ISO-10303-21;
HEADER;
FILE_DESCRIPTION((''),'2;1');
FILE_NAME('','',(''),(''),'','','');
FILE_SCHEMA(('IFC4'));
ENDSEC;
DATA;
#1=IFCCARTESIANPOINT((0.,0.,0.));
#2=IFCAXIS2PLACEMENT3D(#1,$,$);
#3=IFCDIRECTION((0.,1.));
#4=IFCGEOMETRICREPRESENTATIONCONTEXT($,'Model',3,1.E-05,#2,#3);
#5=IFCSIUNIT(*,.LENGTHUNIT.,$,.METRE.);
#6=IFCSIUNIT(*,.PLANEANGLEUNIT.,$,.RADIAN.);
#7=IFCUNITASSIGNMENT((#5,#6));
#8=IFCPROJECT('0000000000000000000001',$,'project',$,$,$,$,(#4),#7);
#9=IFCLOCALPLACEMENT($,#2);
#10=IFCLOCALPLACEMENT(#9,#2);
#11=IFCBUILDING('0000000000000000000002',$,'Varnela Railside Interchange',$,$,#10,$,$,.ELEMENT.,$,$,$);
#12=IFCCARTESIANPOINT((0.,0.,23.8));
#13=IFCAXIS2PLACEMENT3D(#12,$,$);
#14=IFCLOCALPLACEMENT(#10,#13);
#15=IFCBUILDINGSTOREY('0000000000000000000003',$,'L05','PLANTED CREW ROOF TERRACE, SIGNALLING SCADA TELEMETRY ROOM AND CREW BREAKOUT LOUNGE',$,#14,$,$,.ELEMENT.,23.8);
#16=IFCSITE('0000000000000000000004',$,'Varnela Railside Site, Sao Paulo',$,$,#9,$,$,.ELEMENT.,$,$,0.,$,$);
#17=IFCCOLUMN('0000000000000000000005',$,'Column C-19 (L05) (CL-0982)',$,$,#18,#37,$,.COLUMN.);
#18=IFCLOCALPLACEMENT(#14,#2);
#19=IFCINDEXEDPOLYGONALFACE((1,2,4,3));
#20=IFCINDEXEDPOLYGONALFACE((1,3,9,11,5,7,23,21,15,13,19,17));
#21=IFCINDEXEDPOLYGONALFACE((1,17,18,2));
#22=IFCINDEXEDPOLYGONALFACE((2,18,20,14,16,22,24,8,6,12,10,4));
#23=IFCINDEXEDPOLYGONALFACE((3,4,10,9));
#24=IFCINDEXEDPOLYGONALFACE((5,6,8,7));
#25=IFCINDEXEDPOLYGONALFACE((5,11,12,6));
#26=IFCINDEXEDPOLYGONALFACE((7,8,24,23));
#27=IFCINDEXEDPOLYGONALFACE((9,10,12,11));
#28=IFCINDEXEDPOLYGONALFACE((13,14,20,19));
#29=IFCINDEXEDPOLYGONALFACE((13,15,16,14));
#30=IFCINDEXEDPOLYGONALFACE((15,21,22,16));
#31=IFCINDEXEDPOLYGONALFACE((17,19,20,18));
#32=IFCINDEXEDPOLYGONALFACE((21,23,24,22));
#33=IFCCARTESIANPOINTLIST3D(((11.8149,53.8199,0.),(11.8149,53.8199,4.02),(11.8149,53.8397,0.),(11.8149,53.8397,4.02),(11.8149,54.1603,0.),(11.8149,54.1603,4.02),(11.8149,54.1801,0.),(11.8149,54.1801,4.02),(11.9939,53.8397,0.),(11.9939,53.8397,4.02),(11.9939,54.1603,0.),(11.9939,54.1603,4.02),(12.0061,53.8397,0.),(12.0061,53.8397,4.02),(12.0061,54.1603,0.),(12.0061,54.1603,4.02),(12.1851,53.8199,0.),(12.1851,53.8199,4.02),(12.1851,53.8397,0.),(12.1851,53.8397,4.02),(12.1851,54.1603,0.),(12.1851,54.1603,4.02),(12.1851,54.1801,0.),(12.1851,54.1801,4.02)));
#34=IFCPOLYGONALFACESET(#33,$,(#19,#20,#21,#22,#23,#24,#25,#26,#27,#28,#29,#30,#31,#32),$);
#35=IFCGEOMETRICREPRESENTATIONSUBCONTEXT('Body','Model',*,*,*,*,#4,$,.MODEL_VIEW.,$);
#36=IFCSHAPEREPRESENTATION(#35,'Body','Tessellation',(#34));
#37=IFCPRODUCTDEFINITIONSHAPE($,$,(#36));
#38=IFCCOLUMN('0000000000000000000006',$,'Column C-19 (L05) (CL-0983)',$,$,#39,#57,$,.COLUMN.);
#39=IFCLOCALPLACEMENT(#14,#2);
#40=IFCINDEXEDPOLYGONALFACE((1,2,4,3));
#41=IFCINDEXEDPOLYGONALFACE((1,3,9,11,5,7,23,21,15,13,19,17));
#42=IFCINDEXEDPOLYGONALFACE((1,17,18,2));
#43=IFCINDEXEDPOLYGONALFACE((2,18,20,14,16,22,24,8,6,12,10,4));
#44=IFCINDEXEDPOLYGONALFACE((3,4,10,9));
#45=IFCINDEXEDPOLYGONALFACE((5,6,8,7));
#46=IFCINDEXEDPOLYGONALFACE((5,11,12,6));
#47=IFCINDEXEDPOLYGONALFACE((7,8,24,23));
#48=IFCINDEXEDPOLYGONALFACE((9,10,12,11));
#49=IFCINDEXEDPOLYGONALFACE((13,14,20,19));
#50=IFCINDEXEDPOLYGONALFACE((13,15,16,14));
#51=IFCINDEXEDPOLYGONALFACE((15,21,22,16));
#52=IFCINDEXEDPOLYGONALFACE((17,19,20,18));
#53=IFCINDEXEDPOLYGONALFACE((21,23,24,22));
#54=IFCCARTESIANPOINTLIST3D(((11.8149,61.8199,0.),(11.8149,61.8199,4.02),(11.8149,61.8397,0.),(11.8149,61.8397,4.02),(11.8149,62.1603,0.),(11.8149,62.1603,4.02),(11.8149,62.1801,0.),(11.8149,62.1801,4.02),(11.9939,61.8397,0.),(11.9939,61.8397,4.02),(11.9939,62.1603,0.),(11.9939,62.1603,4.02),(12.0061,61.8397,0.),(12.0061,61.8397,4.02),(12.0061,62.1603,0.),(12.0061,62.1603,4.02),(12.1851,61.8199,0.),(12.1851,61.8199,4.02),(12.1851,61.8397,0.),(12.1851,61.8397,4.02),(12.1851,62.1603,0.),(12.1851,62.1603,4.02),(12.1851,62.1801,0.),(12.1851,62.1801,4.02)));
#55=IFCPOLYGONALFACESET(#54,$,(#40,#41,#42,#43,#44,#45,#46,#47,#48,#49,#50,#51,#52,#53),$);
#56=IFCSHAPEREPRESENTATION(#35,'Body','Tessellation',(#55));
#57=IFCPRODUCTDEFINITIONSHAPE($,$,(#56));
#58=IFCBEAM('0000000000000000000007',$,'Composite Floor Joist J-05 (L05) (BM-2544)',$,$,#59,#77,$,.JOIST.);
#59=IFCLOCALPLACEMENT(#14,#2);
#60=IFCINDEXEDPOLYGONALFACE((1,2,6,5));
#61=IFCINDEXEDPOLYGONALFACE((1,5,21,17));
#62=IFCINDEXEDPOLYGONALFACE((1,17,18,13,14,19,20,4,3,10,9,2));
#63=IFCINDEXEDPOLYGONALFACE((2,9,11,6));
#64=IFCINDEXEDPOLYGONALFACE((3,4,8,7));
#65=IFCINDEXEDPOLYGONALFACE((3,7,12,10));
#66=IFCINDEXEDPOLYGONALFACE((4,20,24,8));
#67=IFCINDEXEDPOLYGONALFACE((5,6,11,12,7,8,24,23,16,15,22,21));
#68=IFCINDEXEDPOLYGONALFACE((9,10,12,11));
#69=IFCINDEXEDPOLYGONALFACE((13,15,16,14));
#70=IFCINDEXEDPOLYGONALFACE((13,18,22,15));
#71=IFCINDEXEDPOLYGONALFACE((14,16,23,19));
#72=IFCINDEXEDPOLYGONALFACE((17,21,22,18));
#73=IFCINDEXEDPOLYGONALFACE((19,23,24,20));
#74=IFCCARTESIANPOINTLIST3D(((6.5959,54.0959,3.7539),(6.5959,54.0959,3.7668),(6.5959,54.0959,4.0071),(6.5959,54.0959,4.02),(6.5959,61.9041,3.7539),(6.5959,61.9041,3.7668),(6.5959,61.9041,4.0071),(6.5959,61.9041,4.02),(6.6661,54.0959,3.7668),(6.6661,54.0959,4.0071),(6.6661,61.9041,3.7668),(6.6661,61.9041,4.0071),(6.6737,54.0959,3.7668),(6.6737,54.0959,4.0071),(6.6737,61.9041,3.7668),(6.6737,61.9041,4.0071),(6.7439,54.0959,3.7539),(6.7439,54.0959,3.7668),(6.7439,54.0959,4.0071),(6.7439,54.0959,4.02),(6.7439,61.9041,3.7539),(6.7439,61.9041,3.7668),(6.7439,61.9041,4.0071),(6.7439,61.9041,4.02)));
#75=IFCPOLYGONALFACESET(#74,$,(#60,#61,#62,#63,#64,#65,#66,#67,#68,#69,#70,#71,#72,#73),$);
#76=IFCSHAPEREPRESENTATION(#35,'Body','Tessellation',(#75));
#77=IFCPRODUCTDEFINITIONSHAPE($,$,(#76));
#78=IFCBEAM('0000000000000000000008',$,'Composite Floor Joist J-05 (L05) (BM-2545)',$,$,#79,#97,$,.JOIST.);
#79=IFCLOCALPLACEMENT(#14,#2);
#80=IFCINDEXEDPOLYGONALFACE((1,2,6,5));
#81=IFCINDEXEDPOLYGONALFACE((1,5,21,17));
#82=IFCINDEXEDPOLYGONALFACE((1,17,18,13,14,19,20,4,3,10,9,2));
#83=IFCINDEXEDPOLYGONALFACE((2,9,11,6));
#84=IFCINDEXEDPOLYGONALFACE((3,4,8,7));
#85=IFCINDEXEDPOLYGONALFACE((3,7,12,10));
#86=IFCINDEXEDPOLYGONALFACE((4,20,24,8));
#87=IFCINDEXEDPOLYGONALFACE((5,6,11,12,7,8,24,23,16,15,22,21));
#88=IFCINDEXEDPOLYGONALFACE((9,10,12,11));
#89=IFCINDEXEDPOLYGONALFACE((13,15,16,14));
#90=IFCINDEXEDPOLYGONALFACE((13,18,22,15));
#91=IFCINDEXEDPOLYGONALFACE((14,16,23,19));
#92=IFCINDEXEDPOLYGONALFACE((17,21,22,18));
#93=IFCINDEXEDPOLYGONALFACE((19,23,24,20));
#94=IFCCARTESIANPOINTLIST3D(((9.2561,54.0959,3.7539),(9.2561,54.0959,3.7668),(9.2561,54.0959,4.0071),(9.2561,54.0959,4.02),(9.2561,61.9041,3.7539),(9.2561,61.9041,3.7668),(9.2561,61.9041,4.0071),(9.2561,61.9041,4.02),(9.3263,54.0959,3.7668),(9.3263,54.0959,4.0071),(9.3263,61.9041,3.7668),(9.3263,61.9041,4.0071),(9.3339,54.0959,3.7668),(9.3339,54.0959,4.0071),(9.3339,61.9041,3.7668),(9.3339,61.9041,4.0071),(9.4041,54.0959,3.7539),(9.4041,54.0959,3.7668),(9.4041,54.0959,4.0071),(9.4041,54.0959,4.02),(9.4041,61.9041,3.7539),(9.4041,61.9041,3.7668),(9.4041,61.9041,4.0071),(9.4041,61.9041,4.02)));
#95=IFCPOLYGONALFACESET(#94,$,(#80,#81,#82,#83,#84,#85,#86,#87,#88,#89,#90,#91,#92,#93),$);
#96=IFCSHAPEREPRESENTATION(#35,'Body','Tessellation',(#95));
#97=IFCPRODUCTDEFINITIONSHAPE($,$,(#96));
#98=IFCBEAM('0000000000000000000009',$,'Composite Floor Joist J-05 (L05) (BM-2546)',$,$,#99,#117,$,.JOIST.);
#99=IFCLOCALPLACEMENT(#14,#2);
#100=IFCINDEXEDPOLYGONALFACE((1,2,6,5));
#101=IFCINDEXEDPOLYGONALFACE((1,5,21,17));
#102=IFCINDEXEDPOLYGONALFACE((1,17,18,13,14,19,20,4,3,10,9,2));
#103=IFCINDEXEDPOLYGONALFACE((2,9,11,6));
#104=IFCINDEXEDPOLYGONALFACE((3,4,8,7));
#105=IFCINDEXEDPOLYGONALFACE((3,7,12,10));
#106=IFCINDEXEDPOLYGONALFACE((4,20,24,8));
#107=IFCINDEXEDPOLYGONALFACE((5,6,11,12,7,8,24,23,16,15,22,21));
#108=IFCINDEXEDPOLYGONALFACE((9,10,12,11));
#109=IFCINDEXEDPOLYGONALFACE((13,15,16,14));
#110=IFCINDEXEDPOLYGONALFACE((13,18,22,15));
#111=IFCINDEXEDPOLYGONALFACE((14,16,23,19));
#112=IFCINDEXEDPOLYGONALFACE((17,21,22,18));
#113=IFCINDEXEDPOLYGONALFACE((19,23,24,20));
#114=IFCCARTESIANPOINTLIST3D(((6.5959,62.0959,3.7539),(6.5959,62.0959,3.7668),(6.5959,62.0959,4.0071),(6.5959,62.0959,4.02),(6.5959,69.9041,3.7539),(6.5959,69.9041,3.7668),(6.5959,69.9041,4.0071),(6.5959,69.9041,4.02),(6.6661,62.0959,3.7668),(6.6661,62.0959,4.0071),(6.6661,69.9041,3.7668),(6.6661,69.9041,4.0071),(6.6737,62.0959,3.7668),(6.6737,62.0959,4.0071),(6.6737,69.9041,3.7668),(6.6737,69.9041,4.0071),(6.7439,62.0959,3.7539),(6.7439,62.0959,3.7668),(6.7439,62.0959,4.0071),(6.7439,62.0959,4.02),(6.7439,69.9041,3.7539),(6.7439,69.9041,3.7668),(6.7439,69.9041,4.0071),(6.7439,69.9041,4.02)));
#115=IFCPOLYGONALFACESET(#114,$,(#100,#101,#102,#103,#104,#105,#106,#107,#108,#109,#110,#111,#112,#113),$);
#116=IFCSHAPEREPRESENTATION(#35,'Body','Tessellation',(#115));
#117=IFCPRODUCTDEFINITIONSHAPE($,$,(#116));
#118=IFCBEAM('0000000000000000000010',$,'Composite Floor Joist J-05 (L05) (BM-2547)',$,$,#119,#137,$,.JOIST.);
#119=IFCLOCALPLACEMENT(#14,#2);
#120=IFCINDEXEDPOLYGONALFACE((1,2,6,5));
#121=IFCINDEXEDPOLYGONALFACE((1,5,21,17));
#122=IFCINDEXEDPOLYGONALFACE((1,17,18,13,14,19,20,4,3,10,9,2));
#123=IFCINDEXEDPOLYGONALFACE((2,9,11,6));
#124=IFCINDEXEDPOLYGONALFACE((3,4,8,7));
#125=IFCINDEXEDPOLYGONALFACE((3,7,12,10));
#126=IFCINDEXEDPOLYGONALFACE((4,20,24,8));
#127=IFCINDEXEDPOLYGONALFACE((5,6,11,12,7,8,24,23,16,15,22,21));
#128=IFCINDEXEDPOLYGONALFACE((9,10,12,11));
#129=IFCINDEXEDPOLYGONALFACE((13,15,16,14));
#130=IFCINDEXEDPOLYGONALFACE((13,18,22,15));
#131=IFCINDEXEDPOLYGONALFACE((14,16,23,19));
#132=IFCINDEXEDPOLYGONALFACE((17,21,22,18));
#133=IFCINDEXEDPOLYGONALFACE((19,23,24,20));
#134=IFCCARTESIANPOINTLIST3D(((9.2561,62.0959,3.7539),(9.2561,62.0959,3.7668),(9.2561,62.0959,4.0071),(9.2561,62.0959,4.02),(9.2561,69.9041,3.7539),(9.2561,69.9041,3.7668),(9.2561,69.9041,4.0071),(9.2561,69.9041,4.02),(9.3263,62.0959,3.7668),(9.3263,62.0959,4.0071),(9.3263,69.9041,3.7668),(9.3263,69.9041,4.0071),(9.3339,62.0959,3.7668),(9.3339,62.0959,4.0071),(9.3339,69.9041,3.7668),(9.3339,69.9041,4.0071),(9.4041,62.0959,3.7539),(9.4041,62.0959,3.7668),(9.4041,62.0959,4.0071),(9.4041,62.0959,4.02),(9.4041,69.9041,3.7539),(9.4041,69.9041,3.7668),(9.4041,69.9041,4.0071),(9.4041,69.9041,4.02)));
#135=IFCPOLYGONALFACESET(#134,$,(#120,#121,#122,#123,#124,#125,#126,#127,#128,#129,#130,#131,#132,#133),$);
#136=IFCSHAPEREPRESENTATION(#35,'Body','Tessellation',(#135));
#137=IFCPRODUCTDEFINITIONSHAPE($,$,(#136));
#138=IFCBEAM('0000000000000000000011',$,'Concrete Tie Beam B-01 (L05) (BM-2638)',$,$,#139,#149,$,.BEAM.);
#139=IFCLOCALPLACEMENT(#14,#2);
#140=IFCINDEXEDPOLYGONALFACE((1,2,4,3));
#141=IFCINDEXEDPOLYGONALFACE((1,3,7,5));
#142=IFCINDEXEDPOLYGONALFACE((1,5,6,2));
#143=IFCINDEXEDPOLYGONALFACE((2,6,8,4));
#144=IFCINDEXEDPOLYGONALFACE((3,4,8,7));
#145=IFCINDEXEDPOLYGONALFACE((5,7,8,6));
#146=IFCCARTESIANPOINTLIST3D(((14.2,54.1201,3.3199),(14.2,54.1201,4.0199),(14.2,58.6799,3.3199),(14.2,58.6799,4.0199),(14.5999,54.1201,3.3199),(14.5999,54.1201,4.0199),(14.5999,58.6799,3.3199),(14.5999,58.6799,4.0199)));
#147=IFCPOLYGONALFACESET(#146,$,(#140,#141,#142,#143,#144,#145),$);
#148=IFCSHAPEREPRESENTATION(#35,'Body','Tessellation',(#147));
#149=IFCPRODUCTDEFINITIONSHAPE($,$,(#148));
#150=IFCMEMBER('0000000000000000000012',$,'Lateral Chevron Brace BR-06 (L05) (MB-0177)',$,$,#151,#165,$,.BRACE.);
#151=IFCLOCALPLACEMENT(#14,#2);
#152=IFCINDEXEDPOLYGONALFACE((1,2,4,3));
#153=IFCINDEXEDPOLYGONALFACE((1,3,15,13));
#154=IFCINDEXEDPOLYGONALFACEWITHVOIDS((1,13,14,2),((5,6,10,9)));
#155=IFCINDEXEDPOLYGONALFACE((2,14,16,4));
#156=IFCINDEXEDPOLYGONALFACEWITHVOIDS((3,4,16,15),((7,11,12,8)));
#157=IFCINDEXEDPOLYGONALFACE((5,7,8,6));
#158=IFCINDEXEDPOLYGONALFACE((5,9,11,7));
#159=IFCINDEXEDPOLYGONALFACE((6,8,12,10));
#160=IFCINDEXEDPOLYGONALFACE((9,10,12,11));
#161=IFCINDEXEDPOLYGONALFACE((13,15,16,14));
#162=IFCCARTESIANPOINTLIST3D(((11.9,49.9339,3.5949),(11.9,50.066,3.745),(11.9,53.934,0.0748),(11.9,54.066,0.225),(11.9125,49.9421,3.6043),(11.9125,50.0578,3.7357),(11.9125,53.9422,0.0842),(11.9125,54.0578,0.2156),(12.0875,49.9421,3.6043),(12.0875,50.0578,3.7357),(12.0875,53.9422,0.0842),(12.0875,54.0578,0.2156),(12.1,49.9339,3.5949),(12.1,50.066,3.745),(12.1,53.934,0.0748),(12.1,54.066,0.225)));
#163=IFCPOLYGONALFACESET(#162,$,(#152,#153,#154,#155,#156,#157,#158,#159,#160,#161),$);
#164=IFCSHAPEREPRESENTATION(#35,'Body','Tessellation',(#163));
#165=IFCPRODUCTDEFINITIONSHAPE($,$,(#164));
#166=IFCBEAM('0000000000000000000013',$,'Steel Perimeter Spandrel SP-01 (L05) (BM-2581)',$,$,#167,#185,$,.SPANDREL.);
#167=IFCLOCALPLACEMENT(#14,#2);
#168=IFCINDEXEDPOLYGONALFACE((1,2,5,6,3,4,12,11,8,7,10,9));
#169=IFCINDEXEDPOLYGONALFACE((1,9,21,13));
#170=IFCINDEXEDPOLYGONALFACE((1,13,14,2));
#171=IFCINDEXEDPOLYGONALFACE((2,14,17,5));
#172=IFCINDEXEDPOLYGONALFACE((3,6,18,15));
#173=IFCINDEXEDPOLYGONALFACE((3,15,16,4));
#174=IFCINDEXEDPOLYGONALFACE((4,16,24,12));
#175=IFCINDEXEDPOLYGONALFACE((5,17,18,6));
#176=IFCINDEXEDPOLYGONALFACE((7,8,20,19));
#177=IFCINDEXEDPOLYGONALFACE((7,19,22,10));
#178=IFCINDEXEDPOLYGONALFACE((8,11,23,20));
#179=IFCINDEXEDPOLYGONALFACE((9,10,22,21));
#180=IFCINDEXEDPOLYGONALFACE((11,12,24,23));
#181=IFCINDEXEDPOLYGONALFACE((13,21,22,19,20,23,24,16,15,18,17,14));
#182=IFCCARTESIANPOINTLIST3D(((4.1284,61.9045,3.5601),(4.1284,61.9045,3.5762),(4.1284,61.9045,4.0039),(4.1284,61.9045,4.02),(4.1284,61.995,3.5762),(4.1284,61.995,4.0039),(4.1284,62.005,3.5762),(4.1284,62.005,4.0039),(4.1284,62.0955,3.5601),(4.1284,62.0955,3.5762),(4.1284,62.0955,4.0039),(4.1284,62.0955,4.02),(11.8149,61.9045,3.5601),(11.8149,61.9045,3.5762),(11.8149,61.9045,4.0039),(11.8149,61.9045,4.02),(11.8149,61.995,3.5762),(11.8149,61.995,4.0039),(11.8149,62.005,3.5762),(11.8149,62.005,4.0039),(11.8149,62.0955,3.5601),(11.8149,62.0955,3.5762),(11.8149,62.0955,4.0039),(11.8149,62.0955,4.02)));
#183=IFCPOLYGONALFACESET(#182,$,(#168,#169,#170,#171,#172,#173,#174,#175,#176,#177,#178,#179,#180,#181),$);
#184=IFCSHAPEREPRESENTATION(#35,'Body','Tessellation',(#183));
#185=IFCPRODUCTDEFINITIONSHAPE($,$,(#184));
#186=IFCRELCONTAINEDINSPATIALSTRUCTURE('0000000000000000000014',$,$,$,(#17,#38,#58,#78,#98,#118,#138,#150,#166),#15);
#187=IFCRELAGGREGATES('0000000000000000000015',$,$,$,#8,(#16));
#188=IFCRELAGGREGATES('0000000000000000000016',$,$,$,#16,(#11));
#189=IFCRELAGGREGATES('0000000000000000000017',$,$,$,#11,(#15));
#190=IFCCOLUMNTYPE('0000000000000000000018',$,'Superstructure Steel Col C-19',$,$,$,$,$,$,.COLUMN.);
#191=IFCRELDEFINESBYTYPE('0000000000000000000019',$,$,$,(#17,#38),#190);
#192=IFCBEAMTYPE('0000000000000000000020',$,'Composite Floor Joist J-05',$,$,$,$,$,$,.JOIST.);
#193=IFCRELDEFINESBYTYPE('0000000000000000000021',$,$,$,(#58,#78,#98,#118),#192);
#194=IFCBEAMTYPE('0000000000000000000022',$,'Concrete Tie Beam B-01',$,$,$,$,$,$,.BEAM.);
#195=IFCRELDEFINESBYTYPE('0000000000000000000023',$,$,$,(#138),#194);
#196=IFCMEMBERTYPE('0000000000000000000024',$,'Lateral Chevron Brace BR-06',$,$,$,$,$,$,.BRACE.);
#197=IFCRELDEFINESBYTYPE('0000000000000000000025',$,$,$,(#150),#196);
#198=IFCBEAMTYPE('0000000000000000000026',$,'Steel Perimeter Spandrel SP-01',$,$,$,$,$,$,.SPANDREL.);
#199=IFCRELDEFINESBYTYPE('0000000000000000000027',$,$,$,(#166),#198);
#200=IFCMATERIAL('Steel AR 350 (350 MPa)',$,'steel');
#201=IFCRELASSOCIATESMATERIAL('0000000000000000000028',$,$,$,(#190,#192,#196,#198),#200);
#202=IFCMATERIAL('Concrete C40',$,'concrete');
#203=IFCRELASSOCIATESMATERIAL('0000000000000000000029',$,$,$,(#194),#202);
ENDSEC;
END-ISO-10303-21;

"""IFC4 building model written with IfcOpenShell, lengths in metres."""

from ifc_helpers import new_model, si_unit, direction, frame, origin, origin_2d, place, context, subcontext, project, spatial, rectangle, hollow_rectangle, i_section, extrude, material, material_profile, profile_set, type_object, element, save


model = new_model("IFC4")

# Units and contexts
model_context = context("Model", 3, precision=1e-05, world=origin(), true_north=direction((0.0, 1.0)))
body_context = subcontext(model_context, "Body", "Model", "MODEL_VIEW")
ifc_project = project(units=[si_unit("LENGTHUNIT", "METRE"), si_unit("PLANEANGLEUNIT", "RADIAN")], contexts=[model_context])

# Site, building, storey
site_placement = place(None, origin())
site = spatial("IfcSite", under=ifc_project, at=site_placement, Name="Varnela Railside Site, Sao Paulo", CompositionType="ELEMENT", RefElevation=0.0)
building_placement = place(site_placement, origin())
building = spatial("IfcBuilding", under=site, at=building_placement, Name="Varnela Railside Interchange", CompositionType="ELEMENT")
storey_placement = place(building_placement, frame((0.0, 0.0, 23.8)))
storey = spatial("IfcBuildingStorey", under=building, at=storey_placement, Name="L05", Description="PLANTED CREW ROOF TERRACE, SIGNALLING SCADA TELEMETRY ROOM AND CREW BREAKOUT LOUNGE", CompositionType="ELEMENT", Elevation=23.8)

# Columns
ifc_material_1 = material(Name="Steel AR 350 (350 MPa)", Category="steel")
ifc_material_profile_1 = material_profile(ifc_material_1, i_section(OverallWidth=0.3701, OverallDepth=0.3601, WebThickness=0.0122, FlangeThickness=0.0198, at=origin_2d()), Name="W360x147")
ifc_profile_set_1 = profile_set([ifc_material_profile_1], Name="Steel AR 350 (350 MPa)")
column_type = type_object("IfcColumnType", Name="Superstructure Steel Col C-19", PredefinedType="COLUMN", material=ifc_profile_set_1)
for number, where, z_axis, x_axis, name in (
    (1, (12.0, 54.0, 0.0), (0.0, 0.0, 1.0), (1.0, 0.0, 0.0), "Column C-19 (L05) (CL-0982)"),
    (2, (12.0, 62.0, 0.0), (0.0, 0.0, 1.0), (1.0, 0.0, 0.0), "Column C-19 (L05) (CL-0983)"),
):
    element("IfcColumn", number, at=place(storey_placement, frame(where, z_axis=z_axis, x_axis=x_axis)), inside=storey, type_object=column_type, Name=name, PredefinedType="COLUMN", context=body_context, shape_type="SweptSolid", body=[
        extrude(i_section(OverallWidth=0.3701, OverallDepth=0.3601, WebThickness=0.0122, FlangeThickness=0.0198, at=origin_2d()), origin(), (0.0, 0.0, 1.0), 4.02),
    ])

# Beams
ifc_material_profile_2 = material_profile(ifc_material_1, i_section(OverallWidth=0.1479, OverallDepth=0.2661, WebThickness=0.0076, FlangeThickness=0.0129, at=origin_2d()), Name="W250x44.8")
ifc_profile_set_2 = profile_set([ifc_material_profile_2], Name="Steel AR 350 (350 MPa)")
beam_type_1 = type_object("IfcBeamType", Name="Composite Floor Joist J-05", PredefinedType="JOIST", material=ifc_profile_set_2)
for number, where, z_axis, x_axis, name in (
    (3, (6.6699, 54.0959, 3.887), (0.0, 1.0, 0.0), (-1.0, 0.0, 0.0), "Composite Floor Joist J-05 (L05) (BM-2544)"),
    (4, (9.3301, 54.0959, 3.887), (0.0, 1.0, 0.0), (-1.0, 0.0, 0.0), "Composite Floor Joist J-05 (L05) (BM-2545)"),
    (5, (6.6699, 62.0959, 3.887), (0.0, 1.0, 0.0), (-1.0, 0.0, 0.0), "Composite Floor Joist J-05 (L05) (BM-2546)"),
    (6, (9.3301, 62.0959, 3.887), (0.0, 1.0, 0.0), (-1.0, 0.0, 0.0), "Composite Floor Joist J-05 (L05) (BM-2547)"),
):
    element("IfcBeam", number, at=place(storey_placement, frame(where, z_axis=z_axis, x_axis=x_axis)), inside=storey, type_object=beam_type_1, Name=name, PredefinedType="JOIST", context=body_context, shape_type="SweptSolid", body=[
        extrude(i_section(OverallWidth=0.1479, OverallDepth=0.2661, WebThickness=0.0076, FlangeThickness=0.0129, at=origin_2d()), origin(), (0.0, 0.0, 1.0), 7.8081),
    ])
ifc_material_2 = material(Name="Concrete C40", Category="concrete")
ifc_material_profile_3 = material_profile(ifc_material_2, rectangle(XDim=0.3999, YDim=0.7, at=origin_2d()), Name="RC 400x700")
ifc_profile_set_3 = profile_set([ifc_material_profile_3], Name="Concrete C40")
beam_type_2 = type_object("IfcBeamType", Name="Concrete Tie Beam B-01", PredefinedType="BEAM", material=ifc_profile_set_3)
beam_1_placement = place(storey_placement, frame((14.3999, 54.1201, 3.6699), z_axis=(0.0, 1.0, 0.0), x_axis=(-1.0, 0.0, 0.0)))
element("IfcBeam", 7, at=beam_1_placement, inside=storey, type_object=beam_type_2, Name="Concrete Tie Beam B-01 (L05) (BM-2638)", PredefinedType="BEAM", context=body_context, shape_type="SweptSolid", body=[
    extrude(rectangle(XDim=0.3999, YDim=0.7, at=origin_2d()), origin(), (0.0, 0.0, 1.0), 4.5598),
])

# Member
ifc_material_profile_4 = material_profile(ifc_material_1, hollow_rectangle(XDim=0.2, YDim=0.2, WallThickness=0.0125, at=origin_2d()), Name="HSS 200x200x12.5")
ifc_profile_set_4 = profile_set([ifc_material_profile_4], Name="Steel AR 350 (350 MPa)")
member_type = type_object("IfcMemberType", Name="Lateral Chevron Brace BR-06", PredefinedType="BRACE", material=ifc_profile_set_4)
member_placement = place(storey_placement, frame((12.0, 54.0, 0.1499), z_axis=(0.0, -0.750712, 0.66063), x_axis=(1.0, 0.0, 0.0)))
element("IfcMember", 8, at=member_placement, inside=storey, type_object=member_type, Name="Lateral Chevron Brace BR-06 (L05) (MB-0177)", PredefinedType="BRACE", context=body_context, shape_type="SweptSolid", body=[
    extrude(hollow_rectangle(XDim=0.2, YDim=0.2, WallThickness=0.0125, at=origin_2d()), origin(), (0.0, 0.0, 1.0), 5.3284),
])

# Beam
ifc_material_profile_5 = material_profile(ifc_material_1, i_section(OverallWidth=0.1909, OverallDepth=0.46, WebThickness=0.01, FlangeThickness=0.0161, at=origin_2d()), Name="W460x82")
ifc_profile_set_5 = profile_set([ifc_material_profile_5], Name="Steel AR 350 (350 MPa)")
beam_type_3 = type_object("IfcBeamType", Name="Steel Perimeter Spandrel SP-01", PredefinedType="SPANDREL", material=ifc_profile_set_5)
beam_2_placement = place(storey_placement, frame((4.1284, 62.0, 3.79), z_axis=(1.0, 0.0, 0.0), x_axis=(0.0, 1.0, 0.0)))
element("IfcBeam", 9, at=beam_2_placement, inside=storey, type_object=beam_type_3, Name="Steel Perimeter Spandrel SP-01 (L05) (BM-2581)", PredefinedType="SPANDREL", context=body_context, shape_type="SweptSolid", body=[
    extrude(i_section(OverallWidth=0.1909, OverallDepth=0.46, WebThickness=0.01, FlangeThickness=0.0161, at=origin_2d()), origin(), (0.0, 0.0, 1.0), 7.6865),
])

save(model, "model.ifc")
